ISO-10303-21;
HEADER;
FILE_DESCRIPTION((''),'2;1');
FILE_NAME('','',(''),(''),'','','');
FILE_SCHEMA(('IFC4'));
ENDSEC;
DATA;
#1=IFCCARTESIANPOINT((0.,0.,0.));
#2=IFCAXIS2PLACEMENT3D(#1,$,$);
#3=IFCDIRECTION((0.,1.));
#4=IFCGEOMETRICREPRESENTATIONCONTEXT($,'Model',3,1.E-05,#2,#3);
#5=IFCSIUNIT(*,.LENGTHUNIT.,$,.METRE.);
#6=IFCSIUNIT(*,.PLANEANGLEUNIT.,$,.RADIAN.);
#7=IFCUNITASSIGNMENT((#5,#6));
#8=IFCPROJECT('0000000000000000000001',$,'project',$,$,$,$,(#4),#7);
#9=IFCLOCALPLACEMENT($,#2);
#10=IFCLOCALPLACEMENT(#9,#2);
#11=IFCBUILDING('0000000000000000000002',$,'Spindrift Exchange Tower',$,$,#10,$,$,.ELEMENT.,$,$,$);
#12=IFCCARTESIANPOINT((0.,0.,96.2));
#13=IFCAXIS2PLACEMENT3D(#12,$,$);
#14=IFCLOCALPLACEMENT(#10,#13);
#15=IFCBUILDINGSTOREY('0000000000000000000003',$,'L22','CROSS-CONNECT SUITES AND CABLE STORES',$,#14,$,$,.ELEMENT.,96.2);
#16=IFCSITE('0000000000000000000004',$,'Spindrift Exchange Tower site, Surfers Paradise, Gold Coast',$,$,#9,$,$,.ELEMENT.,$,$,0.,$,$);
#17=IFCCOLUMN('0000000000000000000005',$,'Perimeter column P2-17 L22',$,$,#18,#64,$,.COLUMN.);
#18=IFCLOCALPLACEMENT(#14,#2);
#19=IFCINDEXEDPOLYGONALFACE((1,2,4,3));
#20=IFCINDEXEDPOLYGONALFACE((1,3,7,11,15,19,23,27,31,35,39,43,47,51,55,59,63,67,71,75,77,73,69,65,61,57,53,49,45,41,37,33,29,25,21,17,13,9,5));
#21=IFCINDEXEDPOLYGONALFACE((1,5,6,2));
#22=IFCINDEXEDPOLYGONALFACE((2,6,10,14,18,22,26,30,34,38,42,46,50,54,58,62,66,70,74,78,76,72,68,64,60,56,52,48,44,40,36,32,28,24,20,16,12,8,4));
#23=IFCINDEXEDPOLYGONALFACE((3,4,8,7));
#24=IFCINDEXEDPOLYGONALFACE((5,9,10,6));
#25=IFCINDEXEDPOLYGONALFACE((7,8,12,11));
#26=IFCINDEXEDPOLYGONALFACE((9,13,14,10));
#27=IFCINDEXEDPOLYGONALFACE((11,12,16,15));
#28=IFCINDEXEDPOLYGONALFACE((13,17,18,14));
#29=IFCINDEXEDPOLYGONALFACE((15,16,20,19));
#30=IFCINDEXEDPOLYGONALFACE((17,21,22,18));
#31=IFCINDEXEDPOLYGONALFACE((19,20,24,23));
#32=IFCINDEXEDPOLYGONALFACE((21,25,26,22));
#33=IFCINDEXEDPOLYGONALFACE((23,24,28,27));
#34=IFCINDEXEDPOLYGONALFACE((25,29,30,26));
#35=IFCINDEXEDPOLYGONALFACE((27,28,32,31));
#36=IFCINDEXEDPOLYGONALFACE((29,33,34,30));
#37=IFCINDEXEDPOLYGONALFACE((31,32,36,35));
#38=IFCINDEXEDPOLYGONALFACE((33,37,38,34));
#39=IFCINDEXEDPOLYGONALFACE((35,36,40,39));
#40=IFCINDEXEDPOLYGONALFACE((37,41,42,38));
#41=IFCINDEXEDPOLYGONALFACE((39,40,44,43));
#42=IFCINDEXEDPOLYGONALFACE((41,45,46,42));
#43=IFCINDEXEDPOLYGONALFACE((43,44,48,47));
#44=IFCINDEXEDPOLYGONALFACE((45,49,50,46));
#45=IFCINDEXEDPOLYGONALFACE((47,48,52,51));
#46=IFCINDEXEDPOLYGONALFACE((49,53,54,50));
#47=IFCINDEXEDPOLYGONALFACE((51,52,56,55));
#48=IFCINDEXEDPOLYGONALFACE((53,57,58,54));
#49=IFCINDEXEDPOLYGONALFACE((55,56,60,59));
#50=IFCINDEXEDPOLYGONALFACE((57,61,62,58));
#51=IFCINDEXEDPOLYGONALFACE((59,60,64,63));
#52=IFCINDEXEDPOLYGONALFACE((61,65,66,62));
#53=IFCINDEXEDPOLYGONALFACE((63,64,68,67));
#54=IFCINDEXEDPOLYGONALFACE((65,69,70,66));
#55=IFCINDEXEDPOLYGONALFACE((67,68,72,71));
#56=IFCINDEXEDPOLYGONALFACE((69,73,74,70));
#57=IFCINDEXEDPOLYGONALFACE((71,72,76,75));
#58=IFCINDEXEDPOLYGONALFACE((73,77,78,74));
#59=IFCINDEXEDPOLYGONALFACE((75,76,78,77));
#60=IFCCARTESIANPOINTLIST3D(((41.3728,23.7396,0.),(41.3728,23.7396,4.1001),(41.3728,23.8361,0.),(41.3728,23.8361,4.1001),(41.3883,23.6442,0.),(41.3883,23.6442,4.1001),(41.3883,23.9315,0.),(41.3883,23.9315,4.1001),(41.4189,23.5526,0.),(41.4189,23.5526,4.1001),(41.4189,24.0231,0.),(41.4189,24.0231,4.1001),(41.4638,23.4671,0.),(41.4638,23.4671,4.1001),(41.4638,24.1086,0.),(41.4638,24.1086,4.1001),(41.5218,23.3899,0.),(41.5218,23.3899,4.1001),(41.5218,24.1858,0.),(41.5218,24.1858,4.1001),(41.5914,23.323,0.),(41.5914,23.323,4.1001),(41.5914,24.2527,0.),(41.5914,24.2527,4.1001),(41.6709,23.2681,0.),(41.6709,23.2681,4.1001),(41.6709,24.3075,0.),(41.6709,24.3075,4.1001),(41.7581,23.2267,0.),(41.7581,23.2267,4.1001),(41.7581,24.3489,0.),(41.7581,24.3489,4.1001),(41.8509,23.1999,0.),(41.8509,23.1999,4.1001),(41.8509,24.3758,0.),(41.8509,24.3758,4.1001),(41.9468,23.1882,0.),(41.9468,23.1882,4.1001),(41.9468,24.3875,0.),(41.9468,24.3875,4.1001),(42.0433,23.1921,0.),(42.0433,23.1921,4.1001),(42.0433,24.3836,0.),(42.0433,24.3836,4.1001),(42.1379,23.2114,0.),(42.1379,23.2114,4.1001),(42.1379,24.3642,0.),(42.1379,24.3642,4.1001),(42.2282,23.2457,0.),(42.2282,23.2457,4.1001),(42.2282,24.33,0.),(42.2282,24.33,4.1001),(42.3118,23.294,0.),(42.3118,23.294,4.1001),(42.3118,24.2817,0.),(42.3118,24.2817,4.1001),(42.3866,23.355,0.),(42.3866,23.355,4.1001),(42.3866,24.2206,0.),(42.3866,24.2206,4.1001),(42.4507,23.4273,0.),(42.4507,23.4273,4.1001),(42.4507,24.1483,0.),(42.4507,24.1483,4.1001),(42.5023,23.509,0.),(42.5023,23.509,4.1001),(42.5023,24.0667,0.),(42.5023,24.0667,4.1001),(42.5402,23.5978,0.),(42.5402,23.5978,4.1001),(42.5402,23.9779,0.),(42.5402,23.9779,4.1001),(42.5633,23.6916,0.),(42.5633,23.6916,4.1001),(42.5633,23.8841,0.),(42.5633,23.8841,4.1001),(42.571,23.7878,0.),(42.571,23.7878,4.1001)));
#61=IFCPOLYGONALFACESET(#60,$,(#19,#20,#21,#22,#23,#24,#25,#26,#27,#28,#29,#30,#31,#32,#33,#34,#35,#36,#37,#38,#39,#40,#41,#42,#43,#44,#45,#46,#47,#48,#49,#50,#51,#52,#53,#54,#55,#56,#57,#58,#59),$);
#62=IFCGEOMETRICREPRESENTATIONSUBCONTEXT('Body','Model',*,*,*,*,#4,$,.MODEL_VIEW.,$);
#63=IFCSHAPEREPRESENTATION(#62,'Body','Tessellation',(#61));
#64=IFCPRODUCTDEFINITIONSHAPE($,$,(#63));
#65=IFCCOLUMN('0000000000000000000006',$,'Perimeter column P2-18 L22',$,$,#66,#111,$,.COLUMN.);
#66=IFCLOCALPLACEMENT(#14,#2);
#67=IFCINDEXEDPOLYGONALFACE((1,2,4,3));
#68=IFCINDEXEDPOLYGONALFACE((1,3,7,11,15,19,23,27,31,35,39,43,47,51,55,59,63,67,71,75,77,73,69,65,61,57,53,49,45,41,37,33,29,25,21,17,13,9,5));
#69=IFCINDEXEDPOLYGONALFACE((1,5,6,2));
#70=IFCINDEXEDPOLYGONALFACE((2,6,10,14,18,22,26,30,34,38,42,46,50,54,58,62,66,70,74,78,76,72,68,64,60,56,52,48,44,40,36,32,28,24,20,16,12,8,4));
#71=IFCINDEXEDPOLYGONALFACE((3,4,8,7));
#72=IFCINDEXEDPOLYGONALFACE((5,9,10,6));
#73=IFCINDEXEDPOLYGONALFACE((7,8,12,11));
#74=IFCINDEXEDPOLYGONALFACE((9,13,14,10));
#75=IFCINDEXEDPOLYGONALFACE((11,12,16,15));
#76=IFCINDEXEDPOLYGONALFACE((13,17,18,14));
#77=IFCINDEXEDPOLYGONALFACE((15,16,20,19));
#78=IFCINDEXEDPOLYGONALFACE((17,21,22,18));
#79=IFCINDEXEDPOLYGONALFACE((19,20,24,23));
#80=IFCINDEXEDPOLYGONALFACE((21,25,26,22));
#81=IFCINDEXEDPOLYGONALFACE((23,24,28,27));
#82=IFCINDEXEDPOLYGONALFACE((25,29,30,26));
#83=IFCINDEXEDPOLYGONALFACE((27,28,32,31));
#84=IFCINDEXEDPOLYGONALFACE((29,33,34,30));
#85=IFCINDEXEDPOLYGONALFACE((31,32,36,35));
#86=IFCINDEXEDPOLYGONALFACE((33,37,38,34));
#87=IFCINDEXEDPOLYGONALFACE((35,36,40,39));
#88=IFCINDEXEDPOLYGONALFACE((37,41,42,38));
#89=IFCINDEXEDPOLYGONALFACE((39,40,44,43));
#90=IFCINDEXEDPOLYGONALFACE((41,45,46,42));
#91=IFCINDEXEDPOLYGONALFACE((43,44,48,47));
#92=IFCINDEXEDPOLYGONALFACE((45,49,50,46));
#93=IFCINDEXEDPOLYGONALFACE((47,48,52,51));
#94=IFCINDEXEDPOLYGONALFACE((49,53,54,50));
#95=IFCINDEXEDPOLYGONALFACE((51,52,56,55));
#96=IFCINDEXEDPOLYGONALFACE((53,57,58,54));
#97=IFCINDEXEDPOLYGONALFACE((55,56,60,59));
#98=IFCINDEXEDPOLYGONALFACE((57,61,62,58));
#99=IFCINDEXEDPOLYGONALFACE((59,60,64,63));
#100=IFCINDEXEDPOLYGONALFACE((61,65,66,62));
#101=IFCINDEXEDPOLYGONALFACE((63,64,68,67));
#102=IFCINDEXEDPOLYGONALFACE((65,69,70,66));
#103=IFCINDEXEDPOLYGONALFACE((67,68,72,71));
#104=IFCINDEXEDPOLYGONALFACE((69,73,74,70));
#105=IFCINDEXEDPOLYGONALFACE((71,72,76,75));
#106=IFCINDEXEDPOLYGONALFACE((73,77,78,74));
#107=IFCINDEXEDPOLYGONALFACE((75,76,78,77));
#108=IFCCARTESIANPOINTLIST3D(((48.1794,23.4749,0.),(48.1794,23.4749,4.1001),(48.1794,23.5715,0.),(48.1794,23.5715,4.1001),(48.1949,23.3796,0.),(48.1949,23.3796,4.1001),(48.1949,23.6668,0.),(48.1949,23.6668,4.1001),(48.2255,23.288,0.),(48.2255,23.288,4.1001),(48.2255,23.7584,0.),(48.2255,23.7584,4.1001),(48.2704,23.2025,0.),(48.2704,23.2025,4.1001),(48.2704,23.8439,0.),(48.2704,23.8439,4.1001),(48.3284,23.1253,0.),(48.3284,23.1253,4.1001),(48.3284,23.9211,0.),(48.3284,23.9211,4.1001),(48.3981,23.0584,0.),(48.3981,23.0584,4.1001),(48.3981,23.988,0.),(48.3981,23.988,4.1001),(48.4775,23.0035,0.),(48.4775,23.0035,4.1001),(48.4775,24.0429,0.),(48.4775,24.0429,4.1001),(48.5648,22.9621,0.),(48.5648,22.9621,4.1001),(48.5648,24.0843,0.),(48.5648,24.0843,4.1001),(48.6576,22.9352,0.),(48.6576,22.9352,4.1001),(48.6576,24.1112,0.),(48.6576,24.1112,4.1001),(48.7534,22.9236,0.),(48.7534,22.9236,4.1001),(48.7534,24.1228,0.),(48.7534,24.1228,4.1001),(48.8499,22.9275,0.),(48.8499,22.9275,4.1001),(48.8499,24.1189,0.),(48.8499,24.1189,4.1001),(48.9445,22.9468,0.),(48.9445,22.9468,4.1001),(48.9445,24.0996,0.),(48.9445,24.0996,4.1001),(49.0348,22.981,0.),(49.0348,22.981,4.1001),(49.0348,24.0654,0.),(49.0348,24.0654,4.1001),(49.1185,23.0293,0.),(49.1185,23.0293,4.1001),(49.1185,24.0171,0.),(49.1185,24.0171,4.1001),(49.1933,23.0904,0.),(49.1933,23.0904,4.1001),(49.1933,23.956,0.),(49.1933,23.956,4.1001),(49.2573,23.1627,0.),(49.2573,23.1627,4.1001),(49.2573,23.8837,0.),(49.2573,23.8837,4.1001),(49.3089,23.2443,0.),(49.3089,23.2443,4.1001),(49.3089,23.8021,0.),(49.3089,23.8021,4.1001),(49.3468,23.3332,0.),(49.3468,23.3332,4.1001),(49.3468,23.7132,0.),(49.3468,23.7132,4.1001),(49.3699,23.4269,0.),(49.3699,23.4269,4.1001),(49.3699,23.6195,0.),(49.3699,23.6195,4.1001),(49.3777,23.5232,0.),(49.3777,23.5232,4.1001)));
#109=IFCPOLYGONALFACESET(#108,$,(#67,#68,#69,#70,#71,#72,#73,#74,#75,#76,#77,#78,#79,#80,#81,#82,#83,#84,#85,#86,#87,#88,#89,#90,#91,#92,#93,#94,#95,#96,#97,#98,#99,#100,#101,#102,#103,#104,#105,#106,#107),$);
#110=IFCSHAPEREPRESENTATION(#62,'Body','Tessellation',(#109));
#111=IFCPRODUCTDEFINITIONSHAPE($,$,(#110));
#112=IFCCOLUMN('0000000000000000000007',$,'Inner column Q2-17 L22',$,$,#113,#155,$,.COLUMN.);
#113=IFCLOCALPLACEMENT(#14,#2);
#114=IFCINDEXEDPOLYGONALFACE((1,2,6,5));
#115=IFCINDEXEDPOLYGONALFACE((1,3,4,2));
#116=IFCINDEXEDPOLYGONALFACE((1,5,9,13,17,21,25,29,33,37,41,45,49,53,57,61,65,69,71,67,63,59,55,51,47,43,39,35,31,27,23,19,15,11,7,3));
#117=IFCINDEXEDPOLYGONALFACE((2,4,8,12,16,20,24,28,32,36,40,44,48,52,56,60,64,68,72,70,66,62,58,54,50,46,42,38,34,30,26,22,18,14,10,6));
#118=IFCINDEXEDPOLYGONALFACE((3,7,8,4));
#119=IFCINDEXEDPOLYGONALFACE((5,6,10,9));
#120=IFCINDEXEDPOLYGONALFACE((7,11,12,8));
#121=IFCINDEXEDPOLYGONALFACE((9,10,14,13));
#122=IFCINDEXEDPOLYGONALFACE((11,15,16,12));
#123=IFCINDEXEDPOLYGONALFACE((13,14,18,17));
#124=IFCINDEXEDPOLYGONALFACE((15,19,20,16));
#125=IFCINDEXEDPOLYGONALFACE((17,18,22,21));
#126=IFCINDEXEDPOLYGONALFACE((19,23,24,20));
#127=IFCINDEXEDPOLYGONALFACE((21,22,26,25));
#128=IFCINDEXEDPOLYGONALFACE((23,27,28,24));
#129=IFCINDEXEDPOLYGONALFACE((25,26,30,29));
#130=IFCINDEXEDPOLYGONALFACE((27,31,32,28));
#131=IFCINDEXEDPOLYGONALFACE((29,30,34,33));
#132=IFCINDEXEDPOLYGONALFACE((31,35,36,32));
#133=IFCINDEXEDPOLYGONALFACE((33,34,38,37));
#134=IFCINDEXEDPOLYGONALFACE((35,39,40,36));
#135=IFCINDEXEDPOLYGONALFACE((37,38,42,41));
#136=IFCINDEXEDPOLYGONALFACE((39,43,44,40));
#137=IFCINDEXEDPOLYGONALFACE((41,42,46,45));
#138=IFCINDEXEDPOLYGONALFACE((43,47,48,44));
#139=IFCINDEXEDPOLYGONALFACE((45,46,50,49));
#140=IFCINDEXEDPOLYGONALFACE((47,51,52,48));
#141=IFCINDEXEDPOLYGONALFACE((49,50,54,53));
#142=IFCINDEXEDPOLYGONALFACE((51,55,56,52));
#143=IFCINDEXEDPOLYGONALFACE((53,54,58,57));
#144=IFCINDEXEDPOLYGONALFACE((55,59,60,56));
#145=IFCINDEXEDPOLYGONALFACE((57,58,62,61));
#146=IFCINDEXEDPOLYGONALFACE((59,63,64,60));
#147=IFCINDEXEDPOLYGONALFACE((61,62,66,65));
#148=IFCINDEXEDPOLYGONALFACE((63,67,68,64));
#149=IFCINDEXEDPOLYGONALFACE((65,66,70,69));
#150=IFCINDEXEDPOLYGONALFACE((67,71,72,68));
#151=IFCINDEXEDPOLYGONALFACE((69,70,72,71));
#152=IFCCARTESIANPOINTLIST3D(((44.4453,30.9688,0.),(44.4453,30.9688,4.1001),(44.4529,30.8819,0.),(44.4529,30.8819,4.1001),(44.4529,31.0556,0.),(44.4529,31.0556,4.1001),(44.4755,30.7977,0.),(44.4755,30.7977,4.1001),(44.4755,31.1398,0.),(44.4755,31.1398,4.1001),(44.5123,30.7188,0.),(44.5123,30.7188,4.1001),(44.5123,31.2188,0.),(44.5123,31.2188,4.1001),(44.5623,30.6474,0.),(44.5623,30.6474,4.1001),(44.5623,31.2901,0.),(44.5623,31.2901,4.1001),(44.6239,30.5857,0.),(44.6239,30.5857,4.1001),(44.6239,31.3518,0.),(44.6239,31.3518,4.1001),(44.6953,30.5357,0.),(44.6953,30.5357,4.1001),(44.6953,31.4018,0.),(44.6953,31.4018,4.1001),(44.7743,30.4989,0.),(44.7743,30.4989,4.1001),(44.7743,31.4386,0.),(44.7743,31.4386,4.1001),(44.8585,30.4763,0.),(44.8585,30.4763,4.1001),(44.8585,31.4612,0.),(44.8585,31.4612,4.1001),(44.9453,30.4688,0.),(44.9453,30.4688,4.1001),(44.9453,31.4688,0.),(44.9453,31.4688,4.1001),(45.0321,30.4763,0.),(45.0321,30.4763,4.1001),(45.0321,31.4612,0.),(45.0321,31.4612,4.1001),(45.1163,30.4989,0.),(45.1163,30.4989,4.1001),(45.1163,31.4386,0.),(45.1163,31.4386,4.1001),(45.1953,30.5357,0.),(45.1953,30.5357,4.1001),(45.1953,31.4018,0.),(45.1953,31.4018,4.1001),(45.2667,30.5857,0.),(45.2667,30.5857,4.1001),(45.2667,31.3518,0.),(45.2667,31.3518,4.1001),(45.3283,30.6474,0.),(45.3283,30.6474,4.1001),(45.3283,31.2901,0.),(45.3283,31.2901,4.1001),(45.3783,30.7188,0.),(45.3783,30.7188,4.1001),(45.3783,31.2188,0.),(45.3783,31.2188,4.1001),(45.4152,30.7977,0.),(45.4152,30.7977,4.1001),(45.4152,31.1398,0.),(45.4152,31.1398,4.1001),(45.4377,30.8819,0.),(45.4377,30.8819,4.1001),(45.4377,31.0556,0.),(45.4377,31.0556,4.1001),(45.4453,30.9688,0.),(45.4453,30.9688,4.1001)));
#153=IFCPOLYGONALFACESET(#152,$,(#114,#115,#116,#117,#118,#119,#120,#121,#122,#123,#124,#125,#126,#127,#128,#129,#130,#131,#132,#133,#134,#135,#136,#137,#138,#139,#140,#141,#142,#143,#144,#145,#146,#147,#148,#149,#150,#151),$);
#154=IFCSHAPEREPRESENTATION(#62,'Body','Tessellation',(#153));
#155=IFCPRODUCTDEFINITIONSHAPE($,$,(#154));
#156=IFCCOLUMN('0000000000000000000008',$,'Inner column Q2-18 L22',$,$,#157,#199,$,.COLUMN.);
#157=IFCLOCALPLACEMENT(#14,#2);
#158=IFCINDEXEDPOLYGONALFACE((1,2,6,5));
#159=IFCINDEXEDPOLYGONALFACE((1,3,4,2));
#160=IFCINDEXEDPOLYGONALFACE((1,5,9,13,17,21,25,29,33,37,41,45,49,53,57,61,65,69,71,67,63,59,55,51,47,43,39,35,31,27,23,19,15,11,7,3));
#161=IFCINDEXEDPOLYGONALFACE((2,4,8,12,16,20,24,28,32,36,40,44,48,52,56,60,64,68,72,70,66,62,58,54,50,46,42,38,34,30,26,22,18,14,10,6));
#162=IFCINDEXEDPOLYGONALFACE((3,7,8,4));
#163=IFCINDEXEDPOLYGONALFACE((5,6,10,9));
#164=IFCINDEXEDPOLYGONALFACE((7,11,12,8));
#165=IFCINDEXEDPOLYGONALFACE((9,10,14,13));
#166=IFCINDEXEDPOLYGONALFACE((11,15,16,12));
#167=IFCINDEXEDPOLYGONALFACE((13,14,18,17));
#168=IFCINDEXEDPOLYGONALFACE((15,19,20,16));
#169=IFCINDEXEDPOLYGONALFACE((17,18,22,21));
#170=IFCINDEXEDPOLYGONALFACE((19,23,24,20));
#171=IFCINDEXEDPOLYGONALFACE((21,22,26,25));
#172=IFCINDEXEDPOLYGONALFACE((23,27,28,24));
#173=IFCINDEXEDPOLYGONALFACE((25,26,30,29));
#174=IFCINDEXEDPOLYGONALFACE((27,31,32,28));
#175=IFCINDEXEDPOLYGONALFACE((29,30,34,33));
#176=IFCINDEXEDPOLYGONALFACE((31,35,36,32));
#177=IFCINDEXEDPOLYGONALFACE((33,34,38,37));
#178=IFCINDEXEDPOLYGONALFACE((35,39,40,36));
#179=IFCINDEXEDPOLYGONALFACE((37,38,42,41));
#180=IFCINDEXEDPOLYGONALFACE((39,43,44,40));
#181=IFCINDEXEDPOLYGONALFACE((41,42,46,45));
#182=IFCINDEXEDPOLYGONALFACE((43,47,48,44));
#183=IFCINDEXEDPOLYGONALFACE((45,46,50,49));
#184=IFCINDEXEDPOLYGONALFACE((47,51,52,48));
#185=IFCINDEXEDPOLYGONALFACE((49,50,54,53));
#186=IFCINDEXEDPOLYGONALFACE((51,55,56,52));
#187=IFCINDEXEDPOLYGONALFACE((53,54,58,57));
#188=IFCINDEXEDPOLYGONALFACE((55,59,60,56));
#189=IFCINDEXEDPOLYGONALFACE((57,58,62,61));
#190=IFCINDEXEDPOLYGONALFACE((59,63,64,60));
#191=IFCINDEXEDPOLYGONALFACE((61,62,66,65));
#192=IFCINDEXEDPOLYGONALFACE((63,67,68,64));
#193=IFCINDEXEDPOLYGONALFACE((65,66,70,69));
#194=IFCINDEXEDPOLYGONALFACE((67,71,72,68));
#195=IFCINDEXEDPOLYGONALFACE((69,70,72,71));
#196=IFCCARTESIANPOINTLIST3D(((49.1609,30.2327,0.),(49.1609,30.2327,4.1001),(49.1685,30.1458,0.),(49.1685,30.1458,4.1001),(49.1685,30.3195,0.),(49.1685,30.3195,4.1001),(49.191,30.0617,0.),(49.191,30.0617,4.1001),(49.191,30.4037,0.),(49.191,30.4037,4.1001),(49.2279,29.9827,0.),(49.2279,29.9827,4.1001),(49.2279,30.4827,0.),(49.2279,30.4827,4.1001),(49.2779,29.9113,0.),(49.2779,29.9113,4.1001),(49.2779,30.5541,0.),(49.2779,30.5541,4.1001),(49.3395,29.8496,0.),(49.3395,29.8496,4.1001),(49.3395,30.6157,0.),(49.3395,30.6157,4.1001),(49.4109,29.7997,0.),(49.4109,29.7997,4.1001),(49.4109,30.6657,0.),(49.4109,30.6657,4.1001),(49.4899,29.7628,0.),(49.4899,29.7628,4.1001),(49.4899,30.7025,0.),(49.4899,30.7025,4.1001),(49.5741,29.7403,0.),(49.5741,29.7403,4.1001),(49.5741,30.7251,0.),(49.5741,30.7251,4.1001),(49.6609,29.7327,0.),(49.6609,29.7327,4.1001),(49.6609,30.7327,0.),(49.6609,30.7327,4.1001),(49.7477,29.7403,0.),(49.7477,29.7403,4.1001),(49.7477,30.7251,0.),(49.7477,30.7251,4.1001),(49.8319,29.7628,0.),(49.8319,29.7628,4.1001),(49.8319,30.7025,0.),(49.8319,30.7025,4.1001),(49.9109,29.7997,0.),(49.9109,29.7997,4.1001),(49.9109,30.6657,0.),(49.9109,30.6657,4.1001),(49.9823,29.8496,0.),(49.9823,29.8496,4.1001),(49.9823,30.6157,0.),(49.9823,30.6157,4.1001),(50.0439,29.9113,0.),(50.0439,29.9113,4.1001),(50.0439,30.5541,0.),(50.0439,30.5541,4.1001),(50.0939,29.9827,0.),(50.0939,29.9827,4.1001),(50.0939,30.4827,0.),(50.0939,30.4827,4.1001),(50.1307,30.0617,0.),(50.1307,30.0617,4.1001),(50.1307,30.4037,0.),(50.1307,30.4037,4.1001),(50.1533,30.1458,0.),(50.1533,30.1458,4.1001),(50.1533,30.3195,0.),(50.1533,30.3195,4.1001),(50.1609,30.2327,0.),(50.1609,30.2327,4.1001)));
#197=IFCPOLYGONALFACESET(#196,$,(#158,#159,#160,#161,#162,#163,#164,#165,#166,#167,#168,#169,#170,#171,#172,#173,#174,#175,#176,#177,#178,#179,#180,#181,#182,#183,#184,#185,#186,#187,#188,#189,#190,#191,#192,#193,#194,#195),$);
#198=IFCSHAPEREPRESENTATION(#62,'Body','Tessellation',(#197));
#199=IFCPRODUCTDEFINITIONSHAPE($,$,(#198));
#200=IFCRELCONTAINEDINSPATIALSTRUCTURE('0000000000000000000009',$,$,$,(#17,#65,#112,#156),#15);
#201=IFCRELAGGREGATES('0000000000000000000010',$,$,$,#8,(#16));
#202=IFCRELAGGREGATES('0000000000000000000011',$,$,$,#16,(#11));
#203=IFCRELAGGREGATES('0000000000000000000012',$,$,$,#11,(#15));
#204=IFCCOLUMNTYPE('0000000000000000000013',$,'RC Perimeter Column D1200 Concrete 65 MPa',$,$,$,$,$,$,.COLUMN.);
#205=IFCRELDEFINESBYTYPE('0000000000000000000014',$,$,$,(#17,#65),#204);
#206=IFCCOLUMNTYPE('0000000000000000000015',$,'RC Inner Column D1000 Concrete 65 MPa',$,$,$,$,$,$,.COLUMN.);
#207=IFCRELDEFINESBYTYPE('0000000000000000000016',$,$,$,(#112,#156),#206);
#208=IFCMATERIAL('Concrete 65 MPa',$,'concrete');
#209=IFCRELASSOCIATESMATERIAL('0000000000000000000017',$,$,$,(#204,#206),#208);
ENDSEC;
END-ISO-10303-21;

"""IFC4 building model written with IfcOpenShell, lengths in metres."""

from ifc_helpers import new_model, si_unit, direction, frame, origin, origin_2d, place, context, subcontext, project, spatial, circle, extrude, source, transform, mapped, material, material_profile, profile_set, type_object, element, save


model = new_model("IFC4")

# Units and contexts
model_context = context("Model", 3, precision=1e-05, world=origin(), true_north=direction((0.0, 1.0)))
body_context = subcontext(model_context, "Body", "Model", "MODEL_VIEW")
ifc_project = project(units=[si_unit("LENGTHUNIT", "METRE"), si_unit("PLANEANGLEUNIT", "RADIAN")], contexts=[model_context])

# Site, building, storey
site_placement = place(None, origin())
site = spatial("IfcSite", under=ifc_project, at=site_placement, Name="Spindrift Exchange Tower site, Surfers Paradise, Gold Coast", CompositionType="ELEMENT", RefElevation=0.0)
building_placement = place(site_placement, origin())
building = spatial("IfcBuilding", under=site, at=building_placement, Name="Spindrift Exchange Tower", CompositionType="ELEMENT")
storey_placement = place(building_placement, frame((0.0, 0.0, 96.2)))
storey = spatial("IfcBuildingStorey", under=building, at=storey_placement, Name="L22", Description="CROSS-CONNECT SUITES AND CABLE STORES", CompositionType="ELEMENT", Elevation=96.2)

# Columns
ifc_material_1 = material(Name="Concrete 65 MPa", Category="concrete")
ifc_material_profile_1 = material_profile(ifc_material_1, circle(Radius=0.6001, at=origin_2d()), Name="RC D1200")
ifc_profile_set_1 = profile_set([ifc_material_profile_1], Name="Concrete 65 MPa")
column_type_1 = type_object("IfcColumnType", Name="RC Perimeter Column D1200 Concrete 65 MPa", PredefinedType="COLUMN", material=ifc_profile_set_1)
shared_shape_1 = source(origin(), body_context, "Body", "SweptSolid", [
    extrude(circle(Radius=0.6001, at=origin_2d()), origin(), (0.0, 0.0, 1.0), 4.1001),
])
for number, where, z_axis, x_axis, name in (
    (1, (41.9709, 23.7878, 0.0), (0.0, 0.0, 1.0), (1.0, 0.0, 0.0), "Perimeter column P2-17 L22"),
    (2, (48.7776, 23.5232, 0.0), (0.0, 0.0, 1.0), (1.0, 0.0, 0.0), "Perimeter column P2-18 L22"),
):
    element("IfcColumn", number, at=place(storey_placement, frame(where, z_axis=z_axis, x_axis=x_axis)), inside=storey, type_object=column_type_1, Name=name, PredefinedType="COLUMN", context=body_context, shape_type="MappedRepresentation", body=[
        mapped(shared_shape_1, transform((0.0, 0.0, 0.0), scale=1.0)),
    ])
ifc_material_profile_2 = material_profile(ifc_material_1, circle(Radius=0.5, at=origin_2d()), Name="RC D1000")
ifc_profile_set_2 = profile_set([ifc_material_profile_2], Name="Concrete 65 MPa")
column_type_2 = type_object("IfcColumnType", Name="RC Inner Column D1000 Concrete 65 MPa", PredefinedType="COLUMN", material=ifc_profile_set_2)
shared_shape_2 = source(origin(), body_context, "Body", "SweptSolid", [
    extrude(circle(Radius=0.5, at=origin_2d()), origin(), (0.0, 0.0, 1.0), 4.1001),
])
for number, where, z_axis, x_axis, name in (
    (3, (44.9453, 30.9688, 0.0), (0.0, 0.0, 1.0), (1.0, 0.0, 0.0), "Inner column Q2-17 L22"),
    (4, (49.6609, 30.2327, 0.0), (0.0, 0.0, 1.0), (1.0, 0.0, 0.0), "Inner column Q2-18 L22"),
):
    element("IfcColumn", number, at=place(storey_placement, frame(where, z_axis=z_axis, x_axis=x_axis)), inside=storey, type_object=column_type_2, Name=name, PredefinedType="COLUMN", context=body_context, shape_type="MappedRepresentation", body=[
        mapped(shared_shape_2, transform((0.0, 0.0, 0.0), scale=1.0)),
    ])

save(model, "model.ifc")
